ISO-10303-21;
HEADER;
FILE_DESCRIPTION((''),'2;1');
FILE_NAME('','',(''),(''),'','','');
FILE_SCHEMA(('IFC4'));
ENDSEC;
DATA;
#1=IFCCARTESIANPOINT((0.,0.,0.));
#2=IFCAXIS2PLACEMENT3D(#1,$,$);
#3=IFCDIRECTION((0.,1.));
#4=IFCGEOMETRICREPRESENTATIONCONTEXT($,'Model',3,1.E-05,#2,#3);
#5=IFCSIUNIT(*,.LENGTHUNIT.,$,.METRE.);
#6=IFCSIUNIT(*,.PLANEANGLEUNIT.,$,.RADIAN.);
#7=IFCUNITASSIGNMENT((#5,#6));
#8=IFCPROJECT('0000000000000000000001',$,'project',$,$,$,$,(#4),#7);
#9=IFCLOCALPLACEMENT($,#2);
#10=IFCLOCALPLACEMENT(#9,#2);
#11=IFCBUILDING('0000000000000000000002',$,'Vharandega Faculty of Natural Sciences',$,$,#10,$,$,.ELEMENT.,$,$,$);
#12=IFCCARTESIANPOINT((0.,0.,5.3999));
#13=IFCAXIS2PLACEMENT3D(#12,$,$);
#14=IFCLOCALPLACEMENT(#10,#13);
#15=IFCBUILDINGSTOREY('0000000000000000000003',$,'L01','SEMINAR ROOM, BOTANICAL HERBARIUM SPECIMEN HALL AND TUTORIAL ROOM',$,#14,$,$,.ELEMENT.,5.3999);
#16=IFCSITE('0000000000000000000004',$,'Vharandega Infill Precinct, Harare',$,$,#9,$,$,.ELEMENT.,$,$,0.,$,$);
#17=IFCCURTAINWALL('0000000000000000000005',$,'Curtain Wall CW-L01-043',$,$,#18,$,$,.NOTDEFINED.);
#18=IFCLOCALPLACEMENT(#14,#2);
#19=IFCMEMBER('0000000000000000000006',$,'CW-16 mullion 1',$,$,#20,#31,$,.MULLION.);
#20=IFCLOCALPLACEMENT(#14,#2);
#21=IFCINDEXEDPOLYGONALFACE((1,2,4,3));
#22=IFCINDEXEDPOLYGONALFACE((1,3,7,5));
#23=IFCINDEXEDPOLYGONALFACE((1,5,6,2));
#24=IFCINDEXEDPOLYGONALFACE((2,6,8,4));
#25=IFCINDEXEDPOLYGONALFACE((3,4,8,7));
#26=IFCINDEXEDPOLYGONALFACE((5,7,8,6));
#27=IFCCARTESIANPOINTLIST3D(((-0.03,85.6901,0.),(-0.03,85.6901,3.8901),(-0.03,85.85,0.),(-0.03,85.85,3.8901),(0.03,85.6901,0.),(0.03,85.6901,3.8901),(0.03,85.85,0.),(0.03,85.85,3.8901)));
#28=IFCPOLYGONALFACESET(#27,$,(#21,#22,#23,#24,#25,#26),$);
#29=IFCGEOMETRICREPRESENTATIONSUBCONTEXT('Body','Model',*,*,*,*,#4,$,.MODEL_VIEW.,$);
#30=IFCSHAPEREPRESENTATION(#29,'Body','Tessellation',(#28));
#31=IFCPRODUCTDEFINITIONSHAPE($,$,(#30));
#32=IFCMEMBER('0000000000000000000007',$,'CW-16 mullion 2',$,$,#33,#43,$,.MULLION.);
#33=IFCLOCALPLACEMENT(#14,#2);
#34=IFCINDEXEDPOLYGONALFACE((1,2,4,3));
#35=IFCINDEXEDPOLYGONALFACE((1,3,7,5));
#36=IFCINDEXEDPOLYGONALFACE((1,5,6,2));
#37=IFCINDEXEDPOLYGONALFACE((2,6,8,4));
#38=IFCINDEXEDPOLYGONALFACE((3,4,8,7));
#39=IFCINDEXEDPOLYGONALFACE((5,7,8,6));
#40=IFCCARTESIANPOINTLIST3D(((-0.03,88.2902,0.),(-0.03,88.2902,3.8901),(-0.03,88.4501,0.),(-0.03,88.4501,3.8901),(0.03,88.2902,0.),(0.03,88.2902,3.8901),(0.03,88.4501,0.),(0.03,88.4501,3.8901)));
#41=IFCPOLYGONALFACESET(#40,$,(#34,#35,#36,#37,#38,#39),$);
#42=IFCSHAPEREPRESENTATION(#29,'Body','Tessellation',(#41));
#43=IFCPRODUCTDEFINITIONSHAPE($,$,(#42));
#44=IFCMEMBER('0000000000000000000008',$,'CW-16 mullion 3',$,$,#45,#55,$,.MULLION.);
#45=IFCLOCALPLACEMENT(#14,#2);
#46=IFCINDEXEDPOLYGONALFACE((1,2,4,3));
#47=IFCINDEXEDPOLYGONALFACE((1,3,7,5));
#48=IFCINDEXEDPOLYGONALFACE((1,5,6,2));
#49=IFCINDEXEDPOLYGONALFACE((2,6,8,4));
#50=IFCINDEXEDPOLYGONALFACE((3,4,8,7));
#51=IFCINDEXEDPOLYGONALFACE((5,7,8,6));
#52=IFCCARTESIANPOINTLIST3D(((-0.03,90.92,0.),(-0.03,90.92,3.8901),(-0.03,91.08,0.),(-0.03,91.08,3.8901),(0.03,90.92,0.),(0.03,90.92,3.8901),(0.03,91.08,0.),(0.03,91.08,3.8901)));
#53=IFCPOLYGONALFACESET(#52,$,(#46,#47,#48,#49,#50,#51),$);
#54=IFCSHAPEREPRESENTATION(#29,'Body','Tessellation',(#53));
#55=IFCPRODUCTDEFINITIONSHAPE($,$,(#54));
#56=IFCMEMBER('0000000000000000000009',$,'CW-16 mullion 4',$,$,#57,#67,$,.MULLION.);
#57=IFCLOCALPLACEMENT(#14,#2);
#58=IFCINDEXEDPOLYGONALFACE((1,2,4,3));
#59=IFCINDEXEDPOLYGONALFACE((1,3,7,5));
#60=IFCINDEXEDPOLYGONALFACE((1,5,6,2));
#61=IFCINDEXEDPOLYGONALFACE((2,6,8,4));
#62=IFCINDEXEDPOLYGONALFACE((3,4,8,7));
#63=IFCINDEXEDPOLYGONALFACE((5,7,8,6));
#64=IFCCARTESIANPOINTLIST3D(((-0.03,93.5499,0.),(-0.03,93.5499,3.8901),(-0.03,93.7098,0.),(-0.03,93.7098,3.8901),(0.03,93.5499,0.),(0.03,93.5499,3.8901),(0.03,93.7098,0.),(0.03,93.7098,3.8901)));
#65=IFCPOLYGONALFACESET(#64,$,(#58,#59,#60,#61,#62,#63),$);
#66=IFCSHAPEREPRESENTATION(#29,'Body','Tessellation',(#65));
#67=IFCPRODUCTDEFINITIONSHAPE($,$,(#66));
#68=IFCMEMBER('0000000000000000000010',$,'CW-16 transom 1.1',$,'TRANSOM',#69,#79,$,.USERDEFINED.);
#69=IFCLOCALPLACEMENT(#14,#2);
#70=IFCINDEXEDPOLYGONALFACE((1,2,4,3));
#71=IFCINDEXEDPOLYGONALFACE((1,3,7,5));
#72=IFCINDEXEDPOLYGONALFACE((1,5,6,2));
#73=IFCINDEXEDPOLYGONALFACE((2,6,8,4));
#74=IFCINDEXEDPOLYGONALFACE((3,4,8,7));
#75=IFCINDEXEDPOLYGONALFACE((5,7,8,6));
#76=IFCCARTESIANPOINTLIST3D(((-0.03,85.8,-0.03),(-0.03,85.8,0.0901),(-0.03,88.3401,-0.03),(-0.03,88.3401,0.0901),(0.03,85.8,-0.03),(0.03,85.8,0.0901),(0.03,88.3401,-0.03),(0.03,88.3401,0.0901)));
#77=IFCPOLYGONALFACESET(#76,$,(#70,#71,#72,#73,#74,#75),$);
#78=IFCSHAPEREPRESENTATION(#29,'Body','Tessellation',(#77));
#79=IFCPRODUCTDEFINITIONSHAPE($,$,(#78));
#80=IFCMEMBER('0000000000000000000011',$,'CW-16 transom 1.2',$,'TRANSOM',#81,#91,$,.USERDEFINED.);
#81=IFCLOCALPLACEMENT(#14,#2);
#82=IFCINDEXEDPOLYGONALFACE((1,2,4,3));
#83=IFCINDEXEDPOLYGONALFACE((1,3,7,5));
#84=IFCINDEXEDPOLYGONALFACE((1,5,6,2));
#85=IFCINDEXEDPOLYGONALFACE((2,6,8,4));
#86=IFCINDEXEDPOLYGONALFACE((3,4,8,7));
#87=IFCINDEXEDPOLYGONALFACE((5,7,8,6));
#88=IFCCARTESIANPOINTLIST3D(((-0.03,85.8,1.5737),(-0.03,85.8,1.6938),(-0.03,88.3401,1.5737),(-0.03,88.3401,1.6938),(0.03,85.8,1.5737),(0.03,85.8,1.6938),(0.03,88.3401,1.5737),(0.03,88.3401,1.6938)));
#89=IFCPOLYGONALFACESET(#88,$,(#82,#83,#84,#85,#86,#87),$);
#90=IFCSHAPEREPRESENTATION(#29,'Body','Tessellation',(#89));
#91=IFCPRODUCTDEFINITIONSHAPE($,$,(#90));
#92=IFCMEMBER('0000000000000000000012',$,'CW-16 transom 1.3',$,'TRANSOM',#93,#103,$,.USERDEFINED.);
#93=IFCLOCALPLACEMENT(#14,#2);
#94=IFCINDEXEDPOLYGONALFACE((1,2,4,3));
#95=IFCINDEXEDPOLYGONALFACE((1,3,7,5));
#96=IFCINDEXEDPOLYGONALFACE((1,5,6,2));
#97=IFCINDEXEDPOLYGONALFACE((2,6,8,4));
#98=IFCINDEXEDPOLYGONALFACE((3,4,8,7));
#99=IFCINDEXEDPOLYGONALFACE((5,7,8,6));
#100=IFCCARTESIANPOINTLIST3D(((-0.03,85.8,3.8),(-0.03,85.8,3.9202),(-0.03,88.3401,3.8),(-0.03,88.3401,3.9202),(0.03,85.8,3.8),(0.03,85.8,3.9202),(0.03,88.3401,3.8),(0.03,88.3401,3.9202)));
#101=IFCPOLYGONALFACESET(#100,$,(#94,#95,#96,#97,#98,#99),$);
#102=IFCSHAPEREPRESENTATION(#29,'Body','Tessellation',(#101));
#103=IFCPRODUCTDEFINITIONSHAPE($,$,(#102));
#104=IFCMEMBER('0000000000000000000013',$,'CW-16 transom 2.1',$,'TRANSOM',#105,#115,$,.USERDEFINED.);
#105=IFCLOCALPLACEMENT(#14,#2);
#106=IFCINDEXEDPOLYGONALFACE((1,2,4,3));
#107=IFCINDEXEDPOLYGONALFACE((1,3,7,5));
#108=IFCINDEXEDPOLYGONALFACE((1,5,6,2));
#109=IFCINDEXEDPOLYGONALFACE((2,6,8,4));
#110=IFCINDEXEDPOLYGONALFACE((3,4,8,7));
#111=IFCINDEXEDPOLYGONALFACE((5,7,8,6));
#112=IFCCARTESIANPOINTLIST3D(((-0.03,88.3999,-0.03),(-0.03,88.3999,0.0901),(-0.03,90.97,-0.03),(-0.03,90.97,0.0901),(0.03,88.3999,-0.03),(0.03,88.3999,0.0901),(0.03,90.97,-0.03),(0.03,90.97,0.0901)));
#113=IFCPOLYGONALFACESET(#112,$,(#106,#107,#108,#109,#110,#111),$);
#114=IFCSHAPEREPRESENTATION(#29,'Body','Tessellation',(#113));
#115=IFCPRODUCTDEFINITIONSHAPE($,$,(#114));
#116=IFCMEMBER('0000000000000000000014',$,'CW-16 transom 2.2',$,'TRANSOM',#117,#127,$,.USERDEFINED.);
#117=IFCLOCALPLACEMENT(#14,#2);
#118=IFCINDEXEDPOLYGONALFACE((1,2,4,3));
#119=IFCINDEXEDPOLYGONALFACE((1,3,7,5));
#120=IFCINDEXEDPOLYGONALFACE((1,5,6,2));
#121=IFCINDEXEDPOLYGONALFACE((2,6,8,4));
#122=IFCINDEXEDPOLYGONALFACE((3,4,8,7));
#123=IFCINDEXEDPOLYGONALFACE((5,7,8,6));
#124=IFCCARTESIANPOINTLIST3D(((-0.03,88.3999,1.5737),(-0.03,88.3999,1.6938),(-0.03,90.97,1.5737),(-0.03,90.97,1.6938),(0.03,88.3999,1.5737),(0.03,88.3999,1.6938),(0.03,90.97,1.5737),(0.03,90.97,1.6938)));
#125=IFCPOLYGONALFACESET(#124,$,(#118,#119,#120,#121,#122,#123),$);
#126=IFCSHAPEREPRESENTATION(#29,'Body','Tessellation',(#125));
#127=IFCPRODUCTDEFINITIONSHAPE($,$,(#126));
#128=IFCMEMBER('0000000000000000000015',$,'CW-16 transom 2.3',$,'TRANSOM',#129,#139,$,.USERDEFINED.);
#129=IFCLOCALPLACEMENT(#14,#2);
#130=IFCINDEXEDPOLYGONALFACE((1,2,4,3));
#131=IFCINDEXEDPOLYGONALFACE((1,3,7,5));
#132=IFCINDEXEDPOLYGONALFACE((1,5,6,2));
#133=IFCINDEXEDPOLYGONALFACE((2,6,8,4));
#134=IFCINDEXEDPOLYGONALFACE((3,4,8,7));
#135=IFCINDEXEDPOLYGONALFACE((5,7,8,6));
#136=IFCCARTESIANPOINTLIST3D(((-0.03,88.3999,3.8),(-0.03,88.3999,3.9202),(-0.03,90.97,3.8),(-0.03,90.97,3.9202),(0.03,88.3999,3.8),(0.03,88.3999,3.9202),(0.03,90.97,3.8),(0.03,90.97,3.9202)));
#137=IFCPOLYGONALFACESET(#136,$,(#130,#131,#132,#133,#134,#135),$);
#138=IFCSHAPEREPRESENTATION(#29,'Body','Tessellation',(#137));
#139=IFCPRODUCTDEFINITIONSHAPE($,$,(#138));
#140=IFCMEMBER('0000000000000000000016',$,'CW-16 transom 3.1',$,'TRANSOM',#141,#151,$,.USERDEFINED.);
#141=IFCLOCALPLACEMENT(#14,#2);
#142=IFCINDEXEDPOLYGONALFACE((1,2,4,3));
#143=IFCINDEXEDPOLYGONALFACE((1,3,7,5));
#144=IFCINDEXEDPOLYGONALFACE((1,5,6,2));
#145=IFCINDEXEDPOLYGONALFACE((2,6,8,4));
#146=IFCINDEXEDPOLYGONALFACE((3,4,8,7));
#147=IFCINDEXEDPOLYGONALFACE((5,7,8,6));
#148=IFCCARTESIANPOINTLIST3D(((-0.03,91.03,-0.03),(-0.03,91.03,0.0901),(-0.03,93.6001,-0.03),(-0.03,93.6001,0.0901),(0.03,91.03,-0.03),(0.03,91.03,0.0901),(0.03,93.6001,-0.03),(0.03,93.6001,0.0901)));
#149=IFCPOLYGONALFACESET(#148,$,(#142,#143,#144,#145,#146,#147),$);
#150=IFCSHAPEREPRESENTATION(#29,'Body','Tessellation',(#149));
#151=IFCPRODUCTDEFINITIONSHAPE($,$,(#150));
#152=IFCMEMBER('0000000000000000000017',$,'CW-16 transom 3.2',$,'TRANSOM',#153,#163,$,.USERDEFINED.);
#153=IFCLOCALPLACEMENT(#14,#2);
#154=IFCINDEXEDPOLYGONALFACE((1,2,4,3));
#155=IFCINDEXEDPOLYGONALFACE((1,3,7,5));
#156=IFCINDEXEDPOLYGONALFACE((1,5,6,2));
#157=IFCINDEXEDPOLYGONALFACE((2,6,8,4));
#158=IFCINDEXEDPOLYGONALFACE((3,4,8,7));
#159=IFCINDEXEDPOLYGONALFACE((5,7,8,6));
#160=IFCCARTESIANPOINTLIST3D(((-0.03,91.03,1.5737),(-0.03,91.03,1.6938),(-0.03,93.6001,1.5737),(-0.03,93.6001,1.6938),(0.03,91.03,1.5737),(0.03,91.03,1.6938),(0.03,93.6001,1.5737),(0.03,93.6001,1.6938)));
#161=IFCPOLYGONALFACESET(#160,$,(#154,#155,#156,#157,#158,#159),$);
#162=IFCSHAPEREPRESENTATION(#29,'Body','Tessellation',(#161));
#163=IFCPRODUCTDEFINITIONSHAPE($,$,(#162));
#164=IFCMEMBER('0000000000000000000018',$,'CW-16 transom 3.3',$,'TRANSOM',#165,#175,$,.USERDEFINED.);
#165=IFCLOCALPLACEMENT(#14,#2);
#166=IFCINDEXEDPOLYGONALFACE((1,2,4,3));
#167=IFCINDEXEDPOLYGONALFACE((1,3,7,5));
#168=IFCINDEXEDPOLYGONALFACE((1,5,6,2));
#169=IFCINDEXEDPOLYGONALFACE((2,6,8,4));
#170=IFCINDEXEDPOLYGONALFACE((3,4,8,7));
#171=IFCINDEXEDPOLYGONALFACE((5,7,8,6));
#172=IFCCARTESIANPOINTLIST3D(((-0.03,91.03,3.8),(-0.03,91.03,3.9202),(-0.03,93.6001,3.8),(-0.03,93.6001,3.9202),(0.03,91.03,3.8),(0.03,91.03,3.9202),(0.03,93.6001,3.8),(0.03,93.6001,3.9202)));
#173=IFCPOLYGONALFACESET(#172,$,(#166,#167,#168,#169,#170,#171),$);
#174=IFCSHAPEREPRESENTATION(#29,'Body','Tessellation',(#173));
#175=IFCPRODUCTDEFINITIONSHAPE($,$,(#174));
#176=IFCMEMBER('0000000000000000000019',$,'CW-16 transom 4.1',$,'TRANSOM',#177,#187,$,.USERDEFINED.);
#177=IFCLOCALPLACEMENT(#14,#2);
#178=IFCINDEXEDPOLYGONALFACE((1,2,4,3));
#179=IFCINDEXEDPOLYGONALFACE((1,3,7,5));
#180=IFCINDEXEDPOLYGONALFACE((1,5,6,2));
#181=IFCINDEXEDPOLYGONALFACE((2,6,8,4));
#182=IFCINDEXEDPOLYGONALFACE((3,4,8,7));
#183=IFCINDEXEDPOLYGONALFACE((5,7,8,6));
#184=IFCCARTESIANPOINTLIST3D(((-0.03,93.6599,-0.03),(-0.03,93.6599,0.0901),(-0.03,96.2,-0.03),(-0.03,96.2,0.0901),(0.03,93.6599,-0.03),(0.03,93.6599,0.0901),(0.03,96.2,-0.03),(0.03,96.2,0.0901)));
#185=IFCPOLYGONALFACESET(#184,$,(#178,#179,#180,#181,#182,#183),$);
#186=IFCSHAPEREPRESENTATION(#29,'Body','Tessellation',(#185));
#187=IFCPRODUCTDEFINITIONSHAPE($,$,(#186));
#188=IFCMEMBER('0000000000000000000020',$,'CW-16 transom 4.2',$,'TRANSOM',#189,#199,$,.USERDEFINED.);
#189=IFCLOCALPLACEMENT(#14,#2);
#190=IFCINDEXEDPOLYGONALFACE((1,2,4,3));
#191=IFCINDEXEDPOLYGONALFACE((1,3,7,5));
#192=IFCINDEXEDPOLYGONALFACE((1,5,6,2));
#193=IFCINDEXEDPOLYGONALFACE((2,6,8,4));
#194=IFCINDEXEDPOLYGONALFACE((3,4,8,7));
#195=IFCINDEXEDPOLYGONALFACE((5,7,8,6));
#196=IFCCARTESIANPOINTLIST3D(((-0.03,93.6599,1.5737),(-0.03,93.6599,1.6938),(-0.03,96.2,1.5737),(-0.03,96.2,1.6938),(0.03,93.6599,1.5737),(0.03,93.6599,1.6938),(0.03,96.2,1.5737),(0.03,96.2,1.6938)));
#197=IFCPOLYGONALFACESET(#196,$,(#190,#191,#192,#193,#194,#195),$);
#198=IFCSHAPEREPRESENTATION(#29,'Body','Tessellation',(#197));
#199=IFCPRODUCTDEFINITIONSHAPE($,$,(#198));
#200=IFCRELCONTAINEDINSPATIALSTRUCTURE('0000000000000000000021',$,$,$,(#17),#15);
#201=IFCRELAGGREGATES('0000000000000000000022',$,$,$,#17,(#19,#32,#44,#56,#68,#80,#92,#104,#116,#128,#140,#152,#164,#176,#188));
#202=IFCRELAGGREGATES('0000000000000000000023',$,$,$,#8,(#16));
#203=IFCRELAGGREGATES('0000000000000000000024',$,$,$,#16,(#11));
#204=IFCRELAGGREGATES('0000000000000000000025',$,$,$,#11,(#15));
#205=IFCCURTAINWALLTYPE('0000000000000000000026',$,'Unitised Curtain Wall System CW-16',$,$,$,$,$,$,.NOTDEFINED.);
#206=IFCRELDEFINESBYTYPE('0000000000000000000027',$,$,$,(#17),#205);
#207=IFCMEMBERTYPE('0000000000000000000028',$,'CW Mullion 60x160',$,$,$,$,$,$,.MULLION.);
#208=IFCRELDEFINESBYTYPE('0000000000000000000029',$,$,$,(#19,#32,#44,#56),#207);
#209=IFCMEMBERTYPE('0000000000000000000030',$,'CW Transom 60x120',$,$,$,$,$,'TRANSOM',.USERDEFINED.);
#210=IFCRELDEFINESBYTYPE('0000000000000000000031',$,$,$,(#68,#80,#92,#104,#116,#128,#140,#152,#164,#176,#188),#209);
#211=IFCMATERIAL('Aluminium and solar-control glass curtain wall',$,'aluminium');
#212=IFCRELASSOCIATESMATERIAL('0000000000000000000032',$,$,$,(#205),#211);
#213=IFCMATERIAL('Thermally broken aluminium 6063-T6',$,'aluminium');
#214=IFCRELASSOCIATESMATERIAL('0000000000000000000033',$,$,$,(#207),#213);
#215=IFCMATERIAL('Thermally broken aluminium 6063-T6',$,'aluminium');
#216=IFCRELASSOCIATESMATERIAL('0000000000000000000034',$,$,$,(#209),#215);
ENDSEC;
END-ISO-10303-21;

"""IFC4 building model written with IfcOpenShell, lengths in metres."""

from ifc_helpers import new_model, si_unit, direction, frame, origin, origin_2d, place, context, subcontext, project, spatial, rectangle, extrude, material, material_profile, profile_set, type_object, element, aggregate, save


model = new_model("IFC4")

# Units and contexts
model_context = context("Model", 3, precision=1e-05, world=origin(), true_north=direction((0.0, 1.0)))
body_context = subcontext(model_context, "Body", "Model", "MODEL_VIEW")
ifc_project = project(units=[si_unit("LENGTHUNIT", "METRE"), si_unit("PLANEANGLEUNIT", "RADIAN")], contexts=[model_context])

# Site, building, storey
site_placement = place(None, origin())
site = spatial("IfcSite", under=ifc_project, at=site_placement, Name="Vharandega Infill Precinct, Harare", CompositionType="ELEMENT", RefElevation=0.0)
building_placement = place(site_placement, origin())
building = spatial("IfcBuilding", under=site, at=building_placement, Name="Vharandega Faculty of Natural Sciences", CompositionType="ELEMENT")
storey_placement = place(building_placement, frame((0.0, 0.0, 5.3999)))
storey = spatial("IfcBuildingStorey", under=building, at=storey_placement, Name="L01", Description="SEMINAR ROOM, BOTANICAL HERBARIUM SPECIMEN HALL AND TUTORIAL ROOM", CompositionType="ELEMENT", Elevation=5.3999)

# Curtain wall, members
ifc_material_1 = material(Name="Aluminium and solar-control glass curtain wall", Category="aluminium")
curtain_wall_type = type_object("IfcCurtainWallType", Name="Unitised Curtain Wall System CW-16", PredefinedType="NOTDEFINED", material=ifc_material_1)
curtain_wall_placement = place(storey_placement, origin())
curtain_wall = element("IfcCurtainWall", 1, at=curtain_wall_placement, inside=storey, type_object=curtain_wall_type, Name="Curtain Wall CW-L01-043", PredefinedType="NOTDEFINED")
ifc_material_2 = material(Name="Thermally broken aluminium 6063-T6", Category="aluminium")
ifc_material_profile_1 = material_profile(ifc_material_2, rectangle(XDim=0.0601, YDim=0.1599, at=origin_2d()), Name="ALU 60x160")
ifc_profile_set_1 = profile_set([ifc_material_profile_1], Name="Thermally broken aluminium 6063-T6")
member_type_1 = type_object("IfcMemberType", Name="CW Mullion 60x160", PredefinedType="MULLION", material=ifc_profile_set_1)
member_1_placement = place(storey_placement, frame((0.0, 85.77, 0.0), z_axis=(0.0, 0.0, 1.0), x_axis=(-1.0, 0.0, 0.0)))
member_1 = element("IfcMember", 2, at=member_1_placement, type_object=member_type_1, Name="CW-16 mullion 1", PredefinedType="MULLION", context=body_context, shape_type="SweptSolid", body=[
    extrude(rectangle(XDim=0.0601, YDim=0.1599, at=origin_2d()), origin(), (0.0, 0.0, 1.0), 3.8901),
])
member_2_placement = place(storey_placement, frame((0.0, 88.3701, 0.0), z_axis=(0.0, 0.0, 1.0), x_axis=(-1.0, 0.0, 0.0)))
member_2 = element("IfcMember", 3, at=member_2_placement, type_object=member_type_1, Name="CW-16 mullion 2", PredefinedType="MULLION", context=body_context, shape_type="SweptSolid", body=[
    extrude(rectangle(XDim=0.0601, YDim=0.1599, at=origin_2d()), origin(), (0.0, 0.0, 1.0), 3.8901),
])
member_3_placement = place(storey_placement, frame((0.0, 91.0, 0.0), z_axis=(0.0, 0.0, 1.0), x_axis=(-1.0, 0.0, 0.0)))
member_3 = element("IfcMember", 4, at=member_3_placement, type_object=member_type_1, Name="CW-16 mullion 3", PredefinedType="MULLION", context=body_context, shape_type="SweptSolid", body=[
    extrude(rectangle(XDim=0.0601, YDim=0.1599, at=origin_2d()), origin(), (0.0, 0.0, 1.0), 3.8901),
])
member_4_placement = place(storey_placement, frame((0.0, 93.6299, 0.0), z_axis=(0.0, 0.0, 1.0), x_axis=(-1.0, 0.0, 0.0)))
member_4 = element("IfcMember", 5, at=member_4_placement, type_object=member_type_1, Name="CW-16 mullion 4", PredefinedType="MULLION", context=body_context, shape_type="SweptSolid", body=[
    extrude(rectangle(XDim=0.0601, YDim=0.1599, at=origin_2d()), origin(), (0.0, 0.0, 1.0), 3.8901),
])
ifc_material_3 = material(Name="Thermally broken aluminium 6063-T6", Category="aluminium")
ifc_material_profile_2 = material_profile(ifc_material_3, rectangle(XDim=0.0601, YDim=0.1201, at=origin_2d()), Name="ALU 60x120")
ifc_profile_set_2 = profile_set([ifc_material_profile_2], Name="Thermally broken aluminium 6063-T6")
member_type_2 = type_object("IfcMemberType", Name="CW Transom 60x120", ElementType="TRANSOM", PredefinedType="USERDEFINED", material=ifc_profile_set_2)
member_5_placement = place(storey_placement, frame((0.0, 85.8, 0.03), z_axis=(0.0, 1.0, 0.0), x_axis=(-1.0, 0.0, 0.0)))
member_5 = element("IfcMember", 6, at=member_5_placement, type_object=member_type_2, Name="CW-16 transom 1.1", ObjectType="TRANSOM", PredefinedType="USERDEFINED", context=body_context, shape_type="SweptSolid", body=[
    extrude(rectangle(XDim=0.0601, YDim=0.1201, at=origin_2d()), origin(), (0.0, 0.0, 1.0), 2.54),
])
member_6_placement = place(storey_placement, frame((0.0, 85.8, 1.6338), z_axis=(0.0, 1.0, 0.0), x_axis=(-1.0, 0.0, 0.0)))
member_6 = element("IfcMember", 7, at=member_6_placement, type_object=member_type_2, Name="CW-16 transom 1.2", ObjectType="TRANSOM", PredefinedType="USERDEFINED", context=body_context, shape_type="SweptSolid", body=[
    extrude(rectangle(XDim=0.0601, YDim=0.1201, at=origin_2d()), origin(), (0.0, 0.0, 1.0), 2.54),
])
member_7_placement = place(storey_placement, frame((0.0, 85.8, 3.8601), z_axis=(0.0, 1.0, 0.0), x_axis=(-1.0, 0.0, 0.0)))
member_7 = element("IfcMember", 8, at=member_7_placement, type_object=member_type_2, Name="CW-16 transom 1.3", ObjectType="TRANSOM", PredefinedType="USERDEFINED", context=body_context, shape_type="SweptSolid", body=[
    extrude(rectangle(XDim=0.0601, YDim=0.1201, at=origin_2d()), origin(), (0.0, 0.0, 1.0), 2.54),
])
member_8_placement = place(storey_placement, frame((0.0, 88.3999, 0.03), z_axis=(0.0, 1.0, 0.0), x_axis=(-1.0, 0.0, 0.0)))
member_8 = element("IfcMember", 9, at=member_8_placement, type_object=member_type_2, Name="CW-16 transom 2.1", ObjectType="TRANSOM", PredefinedType="USERDEFINED", context=body_context, shape_type="SweptSolid", body=[
    extrude(rectangle(XDim=0.0601, YDim=0.1201, at=origin_2d()), origin(), (0.0, 0.0, 1.0), 2.5701),
])
member_9_placement = place(storey_placement, frame((0.0, 88.3999, 1.6338), z_axis=(0.0, 1.0, 0.0), x_axis=(-1.0, 0.0, 0.0)))
member_9 = element("IfcMember", 10, at=member_9_placement, type_object=member_type_2, Name="CW-16 transom 2.2", ObjectType="TRANSOM", PredefinedType="USERDEFINED", context=body_context, shape_type="SweptSolid", body=[
    extrude(rectangle(XDim=0.0601, YDim=0.1201, at=origin_2d()), origin(), (0.0, 0.0, 1.0), 2.5701),
])
member_10_placement = place(storey_placement, frame((0.0, 88.3999, 3.8601), z_axis=(0.0, 1.0, 0.0), x_axis=(-1.0, 0.0, 0.0)))
member_10 = element("IfcMember", 11, at=member_10_placement, type_object=member_type_2, Name="CW-16 transom 2.3", ObjectType="TRANSOM", PredefinedType="USERDEFINED", context=body_context, shape_type="SweptSolid", body=[
    extrude(rectangle(XDim=0.0601, YDim=0.1201, at=origin_2d()), origin(), (0.0, 0.0, 1.0), 2.5701),
])
member_11_placement = place(storey_placement, frame((0.0, 91.03, 0.03), z_axis=(0.0, 1.0, 0.0), x_axis=(-1.0, 0.0, 0.0)))
member_11 = element("IfcMember", 12, at=member_11_placement, type_object=member_type_2, Name="CW-16 transom 3.1", ObjectType="TRANSOM", PredefinedType="USERDEFINED", context=body_context, shape_type="SweptSolid", body=[
    extrude(rectangle(XDim=0.0601, YDim=0.1201, at=origin_2d()), origin(), (0.0, 0.0, 1.0), 2.5701),
])
member_12_placement = place(storey_placement, frame((0.0, 91.03, 1.6338), z_axis=(0.0, 1.0, 0.0), x_axis=(-1.0, 0.0, 0.0)))
member_12 = element("IfcMember", 13, at=member_12_placement, type_object=member_type_2, Name="CW-16 transom 3.2", ObjectType="TRANSOM", PredefinedType="USERDEFINED", context=body_context, shape_type="SweptSolid", body=[
    extrude(rectangle(XDim=0.0601, YDim=0.1201, at=origin_2d()), origin(), (0.0, 0.0, 1.0), 2.5701),
])
member_13_placement = place(storey_placement, frame((0.0, 91.03, 3.8601), z_axis=(0.0, 1.0, 0.0), x_axis=(-1.0, 0.0, 0.0)))
member_13 = element("IfcMember", 14, at=member_13_placement, type_object=member_type_2, Name="CW-16 transom 3.3", ObjectType="TRANSOM", PredefinedType="USERDEFINED", context=body_context, shape_type="SweptSolid", body=[
    extrude(rectangle(XDim=0.0601, YDim=0.1201, at=origin_2d()), origin(), (0.0, 0.0, 1.0), 2.5701),
])
member_14_placement = place(storey_placement, frame((0.0, 93.6599, 0.03), z_axis=(0.0, 1.0, 0.0), x_axis=(-1.0, 0.0, 0.0)))
member_14 = element("IfcMember", 15, at=member_14_placement, type_object=member_type_2, Name="CW-16 transom 4.1", ObjectType="TRANSOM", PredefinedType="USERDEFINED", context=body_context, shape_type="SweptSolid", body=[
    extrude(rectangle(XDim=0.0601, YDim=0.1201, at=origin_2d()), origin(), (0.0, 0.0, 1.0), 2.54),
])
member_15_placement = place(storey_placement, frame((0.0, 93.6599, 1.6338), z_axis=(0.0, 1.0, 0.0), x_axis=(-1.0, 0.0, 0.0)))
member_15 = element("IfcMember", 16, at=member_15_placement, type_object=member_type_2, Name="CW-16 transom 4.2", ObjectType="TRANSOM", PredefinedType="USERDEFINED", context=body_context, shape_type="SweptSolid", body=[
    extrude(rectangle(XDim=0.0601, YDim=0.1201, at=origin_2d()), origin(), (0.0, 0.0, 1.0), 2.54),
])
aggregate(curtain_wall, [member_1, member_2, member_3, member_4, member_5, member_6, member_7, member_8, member_9, member_10, member_11, member_12, member_13, member_14, member_15])

save(model, "model.ifc")
